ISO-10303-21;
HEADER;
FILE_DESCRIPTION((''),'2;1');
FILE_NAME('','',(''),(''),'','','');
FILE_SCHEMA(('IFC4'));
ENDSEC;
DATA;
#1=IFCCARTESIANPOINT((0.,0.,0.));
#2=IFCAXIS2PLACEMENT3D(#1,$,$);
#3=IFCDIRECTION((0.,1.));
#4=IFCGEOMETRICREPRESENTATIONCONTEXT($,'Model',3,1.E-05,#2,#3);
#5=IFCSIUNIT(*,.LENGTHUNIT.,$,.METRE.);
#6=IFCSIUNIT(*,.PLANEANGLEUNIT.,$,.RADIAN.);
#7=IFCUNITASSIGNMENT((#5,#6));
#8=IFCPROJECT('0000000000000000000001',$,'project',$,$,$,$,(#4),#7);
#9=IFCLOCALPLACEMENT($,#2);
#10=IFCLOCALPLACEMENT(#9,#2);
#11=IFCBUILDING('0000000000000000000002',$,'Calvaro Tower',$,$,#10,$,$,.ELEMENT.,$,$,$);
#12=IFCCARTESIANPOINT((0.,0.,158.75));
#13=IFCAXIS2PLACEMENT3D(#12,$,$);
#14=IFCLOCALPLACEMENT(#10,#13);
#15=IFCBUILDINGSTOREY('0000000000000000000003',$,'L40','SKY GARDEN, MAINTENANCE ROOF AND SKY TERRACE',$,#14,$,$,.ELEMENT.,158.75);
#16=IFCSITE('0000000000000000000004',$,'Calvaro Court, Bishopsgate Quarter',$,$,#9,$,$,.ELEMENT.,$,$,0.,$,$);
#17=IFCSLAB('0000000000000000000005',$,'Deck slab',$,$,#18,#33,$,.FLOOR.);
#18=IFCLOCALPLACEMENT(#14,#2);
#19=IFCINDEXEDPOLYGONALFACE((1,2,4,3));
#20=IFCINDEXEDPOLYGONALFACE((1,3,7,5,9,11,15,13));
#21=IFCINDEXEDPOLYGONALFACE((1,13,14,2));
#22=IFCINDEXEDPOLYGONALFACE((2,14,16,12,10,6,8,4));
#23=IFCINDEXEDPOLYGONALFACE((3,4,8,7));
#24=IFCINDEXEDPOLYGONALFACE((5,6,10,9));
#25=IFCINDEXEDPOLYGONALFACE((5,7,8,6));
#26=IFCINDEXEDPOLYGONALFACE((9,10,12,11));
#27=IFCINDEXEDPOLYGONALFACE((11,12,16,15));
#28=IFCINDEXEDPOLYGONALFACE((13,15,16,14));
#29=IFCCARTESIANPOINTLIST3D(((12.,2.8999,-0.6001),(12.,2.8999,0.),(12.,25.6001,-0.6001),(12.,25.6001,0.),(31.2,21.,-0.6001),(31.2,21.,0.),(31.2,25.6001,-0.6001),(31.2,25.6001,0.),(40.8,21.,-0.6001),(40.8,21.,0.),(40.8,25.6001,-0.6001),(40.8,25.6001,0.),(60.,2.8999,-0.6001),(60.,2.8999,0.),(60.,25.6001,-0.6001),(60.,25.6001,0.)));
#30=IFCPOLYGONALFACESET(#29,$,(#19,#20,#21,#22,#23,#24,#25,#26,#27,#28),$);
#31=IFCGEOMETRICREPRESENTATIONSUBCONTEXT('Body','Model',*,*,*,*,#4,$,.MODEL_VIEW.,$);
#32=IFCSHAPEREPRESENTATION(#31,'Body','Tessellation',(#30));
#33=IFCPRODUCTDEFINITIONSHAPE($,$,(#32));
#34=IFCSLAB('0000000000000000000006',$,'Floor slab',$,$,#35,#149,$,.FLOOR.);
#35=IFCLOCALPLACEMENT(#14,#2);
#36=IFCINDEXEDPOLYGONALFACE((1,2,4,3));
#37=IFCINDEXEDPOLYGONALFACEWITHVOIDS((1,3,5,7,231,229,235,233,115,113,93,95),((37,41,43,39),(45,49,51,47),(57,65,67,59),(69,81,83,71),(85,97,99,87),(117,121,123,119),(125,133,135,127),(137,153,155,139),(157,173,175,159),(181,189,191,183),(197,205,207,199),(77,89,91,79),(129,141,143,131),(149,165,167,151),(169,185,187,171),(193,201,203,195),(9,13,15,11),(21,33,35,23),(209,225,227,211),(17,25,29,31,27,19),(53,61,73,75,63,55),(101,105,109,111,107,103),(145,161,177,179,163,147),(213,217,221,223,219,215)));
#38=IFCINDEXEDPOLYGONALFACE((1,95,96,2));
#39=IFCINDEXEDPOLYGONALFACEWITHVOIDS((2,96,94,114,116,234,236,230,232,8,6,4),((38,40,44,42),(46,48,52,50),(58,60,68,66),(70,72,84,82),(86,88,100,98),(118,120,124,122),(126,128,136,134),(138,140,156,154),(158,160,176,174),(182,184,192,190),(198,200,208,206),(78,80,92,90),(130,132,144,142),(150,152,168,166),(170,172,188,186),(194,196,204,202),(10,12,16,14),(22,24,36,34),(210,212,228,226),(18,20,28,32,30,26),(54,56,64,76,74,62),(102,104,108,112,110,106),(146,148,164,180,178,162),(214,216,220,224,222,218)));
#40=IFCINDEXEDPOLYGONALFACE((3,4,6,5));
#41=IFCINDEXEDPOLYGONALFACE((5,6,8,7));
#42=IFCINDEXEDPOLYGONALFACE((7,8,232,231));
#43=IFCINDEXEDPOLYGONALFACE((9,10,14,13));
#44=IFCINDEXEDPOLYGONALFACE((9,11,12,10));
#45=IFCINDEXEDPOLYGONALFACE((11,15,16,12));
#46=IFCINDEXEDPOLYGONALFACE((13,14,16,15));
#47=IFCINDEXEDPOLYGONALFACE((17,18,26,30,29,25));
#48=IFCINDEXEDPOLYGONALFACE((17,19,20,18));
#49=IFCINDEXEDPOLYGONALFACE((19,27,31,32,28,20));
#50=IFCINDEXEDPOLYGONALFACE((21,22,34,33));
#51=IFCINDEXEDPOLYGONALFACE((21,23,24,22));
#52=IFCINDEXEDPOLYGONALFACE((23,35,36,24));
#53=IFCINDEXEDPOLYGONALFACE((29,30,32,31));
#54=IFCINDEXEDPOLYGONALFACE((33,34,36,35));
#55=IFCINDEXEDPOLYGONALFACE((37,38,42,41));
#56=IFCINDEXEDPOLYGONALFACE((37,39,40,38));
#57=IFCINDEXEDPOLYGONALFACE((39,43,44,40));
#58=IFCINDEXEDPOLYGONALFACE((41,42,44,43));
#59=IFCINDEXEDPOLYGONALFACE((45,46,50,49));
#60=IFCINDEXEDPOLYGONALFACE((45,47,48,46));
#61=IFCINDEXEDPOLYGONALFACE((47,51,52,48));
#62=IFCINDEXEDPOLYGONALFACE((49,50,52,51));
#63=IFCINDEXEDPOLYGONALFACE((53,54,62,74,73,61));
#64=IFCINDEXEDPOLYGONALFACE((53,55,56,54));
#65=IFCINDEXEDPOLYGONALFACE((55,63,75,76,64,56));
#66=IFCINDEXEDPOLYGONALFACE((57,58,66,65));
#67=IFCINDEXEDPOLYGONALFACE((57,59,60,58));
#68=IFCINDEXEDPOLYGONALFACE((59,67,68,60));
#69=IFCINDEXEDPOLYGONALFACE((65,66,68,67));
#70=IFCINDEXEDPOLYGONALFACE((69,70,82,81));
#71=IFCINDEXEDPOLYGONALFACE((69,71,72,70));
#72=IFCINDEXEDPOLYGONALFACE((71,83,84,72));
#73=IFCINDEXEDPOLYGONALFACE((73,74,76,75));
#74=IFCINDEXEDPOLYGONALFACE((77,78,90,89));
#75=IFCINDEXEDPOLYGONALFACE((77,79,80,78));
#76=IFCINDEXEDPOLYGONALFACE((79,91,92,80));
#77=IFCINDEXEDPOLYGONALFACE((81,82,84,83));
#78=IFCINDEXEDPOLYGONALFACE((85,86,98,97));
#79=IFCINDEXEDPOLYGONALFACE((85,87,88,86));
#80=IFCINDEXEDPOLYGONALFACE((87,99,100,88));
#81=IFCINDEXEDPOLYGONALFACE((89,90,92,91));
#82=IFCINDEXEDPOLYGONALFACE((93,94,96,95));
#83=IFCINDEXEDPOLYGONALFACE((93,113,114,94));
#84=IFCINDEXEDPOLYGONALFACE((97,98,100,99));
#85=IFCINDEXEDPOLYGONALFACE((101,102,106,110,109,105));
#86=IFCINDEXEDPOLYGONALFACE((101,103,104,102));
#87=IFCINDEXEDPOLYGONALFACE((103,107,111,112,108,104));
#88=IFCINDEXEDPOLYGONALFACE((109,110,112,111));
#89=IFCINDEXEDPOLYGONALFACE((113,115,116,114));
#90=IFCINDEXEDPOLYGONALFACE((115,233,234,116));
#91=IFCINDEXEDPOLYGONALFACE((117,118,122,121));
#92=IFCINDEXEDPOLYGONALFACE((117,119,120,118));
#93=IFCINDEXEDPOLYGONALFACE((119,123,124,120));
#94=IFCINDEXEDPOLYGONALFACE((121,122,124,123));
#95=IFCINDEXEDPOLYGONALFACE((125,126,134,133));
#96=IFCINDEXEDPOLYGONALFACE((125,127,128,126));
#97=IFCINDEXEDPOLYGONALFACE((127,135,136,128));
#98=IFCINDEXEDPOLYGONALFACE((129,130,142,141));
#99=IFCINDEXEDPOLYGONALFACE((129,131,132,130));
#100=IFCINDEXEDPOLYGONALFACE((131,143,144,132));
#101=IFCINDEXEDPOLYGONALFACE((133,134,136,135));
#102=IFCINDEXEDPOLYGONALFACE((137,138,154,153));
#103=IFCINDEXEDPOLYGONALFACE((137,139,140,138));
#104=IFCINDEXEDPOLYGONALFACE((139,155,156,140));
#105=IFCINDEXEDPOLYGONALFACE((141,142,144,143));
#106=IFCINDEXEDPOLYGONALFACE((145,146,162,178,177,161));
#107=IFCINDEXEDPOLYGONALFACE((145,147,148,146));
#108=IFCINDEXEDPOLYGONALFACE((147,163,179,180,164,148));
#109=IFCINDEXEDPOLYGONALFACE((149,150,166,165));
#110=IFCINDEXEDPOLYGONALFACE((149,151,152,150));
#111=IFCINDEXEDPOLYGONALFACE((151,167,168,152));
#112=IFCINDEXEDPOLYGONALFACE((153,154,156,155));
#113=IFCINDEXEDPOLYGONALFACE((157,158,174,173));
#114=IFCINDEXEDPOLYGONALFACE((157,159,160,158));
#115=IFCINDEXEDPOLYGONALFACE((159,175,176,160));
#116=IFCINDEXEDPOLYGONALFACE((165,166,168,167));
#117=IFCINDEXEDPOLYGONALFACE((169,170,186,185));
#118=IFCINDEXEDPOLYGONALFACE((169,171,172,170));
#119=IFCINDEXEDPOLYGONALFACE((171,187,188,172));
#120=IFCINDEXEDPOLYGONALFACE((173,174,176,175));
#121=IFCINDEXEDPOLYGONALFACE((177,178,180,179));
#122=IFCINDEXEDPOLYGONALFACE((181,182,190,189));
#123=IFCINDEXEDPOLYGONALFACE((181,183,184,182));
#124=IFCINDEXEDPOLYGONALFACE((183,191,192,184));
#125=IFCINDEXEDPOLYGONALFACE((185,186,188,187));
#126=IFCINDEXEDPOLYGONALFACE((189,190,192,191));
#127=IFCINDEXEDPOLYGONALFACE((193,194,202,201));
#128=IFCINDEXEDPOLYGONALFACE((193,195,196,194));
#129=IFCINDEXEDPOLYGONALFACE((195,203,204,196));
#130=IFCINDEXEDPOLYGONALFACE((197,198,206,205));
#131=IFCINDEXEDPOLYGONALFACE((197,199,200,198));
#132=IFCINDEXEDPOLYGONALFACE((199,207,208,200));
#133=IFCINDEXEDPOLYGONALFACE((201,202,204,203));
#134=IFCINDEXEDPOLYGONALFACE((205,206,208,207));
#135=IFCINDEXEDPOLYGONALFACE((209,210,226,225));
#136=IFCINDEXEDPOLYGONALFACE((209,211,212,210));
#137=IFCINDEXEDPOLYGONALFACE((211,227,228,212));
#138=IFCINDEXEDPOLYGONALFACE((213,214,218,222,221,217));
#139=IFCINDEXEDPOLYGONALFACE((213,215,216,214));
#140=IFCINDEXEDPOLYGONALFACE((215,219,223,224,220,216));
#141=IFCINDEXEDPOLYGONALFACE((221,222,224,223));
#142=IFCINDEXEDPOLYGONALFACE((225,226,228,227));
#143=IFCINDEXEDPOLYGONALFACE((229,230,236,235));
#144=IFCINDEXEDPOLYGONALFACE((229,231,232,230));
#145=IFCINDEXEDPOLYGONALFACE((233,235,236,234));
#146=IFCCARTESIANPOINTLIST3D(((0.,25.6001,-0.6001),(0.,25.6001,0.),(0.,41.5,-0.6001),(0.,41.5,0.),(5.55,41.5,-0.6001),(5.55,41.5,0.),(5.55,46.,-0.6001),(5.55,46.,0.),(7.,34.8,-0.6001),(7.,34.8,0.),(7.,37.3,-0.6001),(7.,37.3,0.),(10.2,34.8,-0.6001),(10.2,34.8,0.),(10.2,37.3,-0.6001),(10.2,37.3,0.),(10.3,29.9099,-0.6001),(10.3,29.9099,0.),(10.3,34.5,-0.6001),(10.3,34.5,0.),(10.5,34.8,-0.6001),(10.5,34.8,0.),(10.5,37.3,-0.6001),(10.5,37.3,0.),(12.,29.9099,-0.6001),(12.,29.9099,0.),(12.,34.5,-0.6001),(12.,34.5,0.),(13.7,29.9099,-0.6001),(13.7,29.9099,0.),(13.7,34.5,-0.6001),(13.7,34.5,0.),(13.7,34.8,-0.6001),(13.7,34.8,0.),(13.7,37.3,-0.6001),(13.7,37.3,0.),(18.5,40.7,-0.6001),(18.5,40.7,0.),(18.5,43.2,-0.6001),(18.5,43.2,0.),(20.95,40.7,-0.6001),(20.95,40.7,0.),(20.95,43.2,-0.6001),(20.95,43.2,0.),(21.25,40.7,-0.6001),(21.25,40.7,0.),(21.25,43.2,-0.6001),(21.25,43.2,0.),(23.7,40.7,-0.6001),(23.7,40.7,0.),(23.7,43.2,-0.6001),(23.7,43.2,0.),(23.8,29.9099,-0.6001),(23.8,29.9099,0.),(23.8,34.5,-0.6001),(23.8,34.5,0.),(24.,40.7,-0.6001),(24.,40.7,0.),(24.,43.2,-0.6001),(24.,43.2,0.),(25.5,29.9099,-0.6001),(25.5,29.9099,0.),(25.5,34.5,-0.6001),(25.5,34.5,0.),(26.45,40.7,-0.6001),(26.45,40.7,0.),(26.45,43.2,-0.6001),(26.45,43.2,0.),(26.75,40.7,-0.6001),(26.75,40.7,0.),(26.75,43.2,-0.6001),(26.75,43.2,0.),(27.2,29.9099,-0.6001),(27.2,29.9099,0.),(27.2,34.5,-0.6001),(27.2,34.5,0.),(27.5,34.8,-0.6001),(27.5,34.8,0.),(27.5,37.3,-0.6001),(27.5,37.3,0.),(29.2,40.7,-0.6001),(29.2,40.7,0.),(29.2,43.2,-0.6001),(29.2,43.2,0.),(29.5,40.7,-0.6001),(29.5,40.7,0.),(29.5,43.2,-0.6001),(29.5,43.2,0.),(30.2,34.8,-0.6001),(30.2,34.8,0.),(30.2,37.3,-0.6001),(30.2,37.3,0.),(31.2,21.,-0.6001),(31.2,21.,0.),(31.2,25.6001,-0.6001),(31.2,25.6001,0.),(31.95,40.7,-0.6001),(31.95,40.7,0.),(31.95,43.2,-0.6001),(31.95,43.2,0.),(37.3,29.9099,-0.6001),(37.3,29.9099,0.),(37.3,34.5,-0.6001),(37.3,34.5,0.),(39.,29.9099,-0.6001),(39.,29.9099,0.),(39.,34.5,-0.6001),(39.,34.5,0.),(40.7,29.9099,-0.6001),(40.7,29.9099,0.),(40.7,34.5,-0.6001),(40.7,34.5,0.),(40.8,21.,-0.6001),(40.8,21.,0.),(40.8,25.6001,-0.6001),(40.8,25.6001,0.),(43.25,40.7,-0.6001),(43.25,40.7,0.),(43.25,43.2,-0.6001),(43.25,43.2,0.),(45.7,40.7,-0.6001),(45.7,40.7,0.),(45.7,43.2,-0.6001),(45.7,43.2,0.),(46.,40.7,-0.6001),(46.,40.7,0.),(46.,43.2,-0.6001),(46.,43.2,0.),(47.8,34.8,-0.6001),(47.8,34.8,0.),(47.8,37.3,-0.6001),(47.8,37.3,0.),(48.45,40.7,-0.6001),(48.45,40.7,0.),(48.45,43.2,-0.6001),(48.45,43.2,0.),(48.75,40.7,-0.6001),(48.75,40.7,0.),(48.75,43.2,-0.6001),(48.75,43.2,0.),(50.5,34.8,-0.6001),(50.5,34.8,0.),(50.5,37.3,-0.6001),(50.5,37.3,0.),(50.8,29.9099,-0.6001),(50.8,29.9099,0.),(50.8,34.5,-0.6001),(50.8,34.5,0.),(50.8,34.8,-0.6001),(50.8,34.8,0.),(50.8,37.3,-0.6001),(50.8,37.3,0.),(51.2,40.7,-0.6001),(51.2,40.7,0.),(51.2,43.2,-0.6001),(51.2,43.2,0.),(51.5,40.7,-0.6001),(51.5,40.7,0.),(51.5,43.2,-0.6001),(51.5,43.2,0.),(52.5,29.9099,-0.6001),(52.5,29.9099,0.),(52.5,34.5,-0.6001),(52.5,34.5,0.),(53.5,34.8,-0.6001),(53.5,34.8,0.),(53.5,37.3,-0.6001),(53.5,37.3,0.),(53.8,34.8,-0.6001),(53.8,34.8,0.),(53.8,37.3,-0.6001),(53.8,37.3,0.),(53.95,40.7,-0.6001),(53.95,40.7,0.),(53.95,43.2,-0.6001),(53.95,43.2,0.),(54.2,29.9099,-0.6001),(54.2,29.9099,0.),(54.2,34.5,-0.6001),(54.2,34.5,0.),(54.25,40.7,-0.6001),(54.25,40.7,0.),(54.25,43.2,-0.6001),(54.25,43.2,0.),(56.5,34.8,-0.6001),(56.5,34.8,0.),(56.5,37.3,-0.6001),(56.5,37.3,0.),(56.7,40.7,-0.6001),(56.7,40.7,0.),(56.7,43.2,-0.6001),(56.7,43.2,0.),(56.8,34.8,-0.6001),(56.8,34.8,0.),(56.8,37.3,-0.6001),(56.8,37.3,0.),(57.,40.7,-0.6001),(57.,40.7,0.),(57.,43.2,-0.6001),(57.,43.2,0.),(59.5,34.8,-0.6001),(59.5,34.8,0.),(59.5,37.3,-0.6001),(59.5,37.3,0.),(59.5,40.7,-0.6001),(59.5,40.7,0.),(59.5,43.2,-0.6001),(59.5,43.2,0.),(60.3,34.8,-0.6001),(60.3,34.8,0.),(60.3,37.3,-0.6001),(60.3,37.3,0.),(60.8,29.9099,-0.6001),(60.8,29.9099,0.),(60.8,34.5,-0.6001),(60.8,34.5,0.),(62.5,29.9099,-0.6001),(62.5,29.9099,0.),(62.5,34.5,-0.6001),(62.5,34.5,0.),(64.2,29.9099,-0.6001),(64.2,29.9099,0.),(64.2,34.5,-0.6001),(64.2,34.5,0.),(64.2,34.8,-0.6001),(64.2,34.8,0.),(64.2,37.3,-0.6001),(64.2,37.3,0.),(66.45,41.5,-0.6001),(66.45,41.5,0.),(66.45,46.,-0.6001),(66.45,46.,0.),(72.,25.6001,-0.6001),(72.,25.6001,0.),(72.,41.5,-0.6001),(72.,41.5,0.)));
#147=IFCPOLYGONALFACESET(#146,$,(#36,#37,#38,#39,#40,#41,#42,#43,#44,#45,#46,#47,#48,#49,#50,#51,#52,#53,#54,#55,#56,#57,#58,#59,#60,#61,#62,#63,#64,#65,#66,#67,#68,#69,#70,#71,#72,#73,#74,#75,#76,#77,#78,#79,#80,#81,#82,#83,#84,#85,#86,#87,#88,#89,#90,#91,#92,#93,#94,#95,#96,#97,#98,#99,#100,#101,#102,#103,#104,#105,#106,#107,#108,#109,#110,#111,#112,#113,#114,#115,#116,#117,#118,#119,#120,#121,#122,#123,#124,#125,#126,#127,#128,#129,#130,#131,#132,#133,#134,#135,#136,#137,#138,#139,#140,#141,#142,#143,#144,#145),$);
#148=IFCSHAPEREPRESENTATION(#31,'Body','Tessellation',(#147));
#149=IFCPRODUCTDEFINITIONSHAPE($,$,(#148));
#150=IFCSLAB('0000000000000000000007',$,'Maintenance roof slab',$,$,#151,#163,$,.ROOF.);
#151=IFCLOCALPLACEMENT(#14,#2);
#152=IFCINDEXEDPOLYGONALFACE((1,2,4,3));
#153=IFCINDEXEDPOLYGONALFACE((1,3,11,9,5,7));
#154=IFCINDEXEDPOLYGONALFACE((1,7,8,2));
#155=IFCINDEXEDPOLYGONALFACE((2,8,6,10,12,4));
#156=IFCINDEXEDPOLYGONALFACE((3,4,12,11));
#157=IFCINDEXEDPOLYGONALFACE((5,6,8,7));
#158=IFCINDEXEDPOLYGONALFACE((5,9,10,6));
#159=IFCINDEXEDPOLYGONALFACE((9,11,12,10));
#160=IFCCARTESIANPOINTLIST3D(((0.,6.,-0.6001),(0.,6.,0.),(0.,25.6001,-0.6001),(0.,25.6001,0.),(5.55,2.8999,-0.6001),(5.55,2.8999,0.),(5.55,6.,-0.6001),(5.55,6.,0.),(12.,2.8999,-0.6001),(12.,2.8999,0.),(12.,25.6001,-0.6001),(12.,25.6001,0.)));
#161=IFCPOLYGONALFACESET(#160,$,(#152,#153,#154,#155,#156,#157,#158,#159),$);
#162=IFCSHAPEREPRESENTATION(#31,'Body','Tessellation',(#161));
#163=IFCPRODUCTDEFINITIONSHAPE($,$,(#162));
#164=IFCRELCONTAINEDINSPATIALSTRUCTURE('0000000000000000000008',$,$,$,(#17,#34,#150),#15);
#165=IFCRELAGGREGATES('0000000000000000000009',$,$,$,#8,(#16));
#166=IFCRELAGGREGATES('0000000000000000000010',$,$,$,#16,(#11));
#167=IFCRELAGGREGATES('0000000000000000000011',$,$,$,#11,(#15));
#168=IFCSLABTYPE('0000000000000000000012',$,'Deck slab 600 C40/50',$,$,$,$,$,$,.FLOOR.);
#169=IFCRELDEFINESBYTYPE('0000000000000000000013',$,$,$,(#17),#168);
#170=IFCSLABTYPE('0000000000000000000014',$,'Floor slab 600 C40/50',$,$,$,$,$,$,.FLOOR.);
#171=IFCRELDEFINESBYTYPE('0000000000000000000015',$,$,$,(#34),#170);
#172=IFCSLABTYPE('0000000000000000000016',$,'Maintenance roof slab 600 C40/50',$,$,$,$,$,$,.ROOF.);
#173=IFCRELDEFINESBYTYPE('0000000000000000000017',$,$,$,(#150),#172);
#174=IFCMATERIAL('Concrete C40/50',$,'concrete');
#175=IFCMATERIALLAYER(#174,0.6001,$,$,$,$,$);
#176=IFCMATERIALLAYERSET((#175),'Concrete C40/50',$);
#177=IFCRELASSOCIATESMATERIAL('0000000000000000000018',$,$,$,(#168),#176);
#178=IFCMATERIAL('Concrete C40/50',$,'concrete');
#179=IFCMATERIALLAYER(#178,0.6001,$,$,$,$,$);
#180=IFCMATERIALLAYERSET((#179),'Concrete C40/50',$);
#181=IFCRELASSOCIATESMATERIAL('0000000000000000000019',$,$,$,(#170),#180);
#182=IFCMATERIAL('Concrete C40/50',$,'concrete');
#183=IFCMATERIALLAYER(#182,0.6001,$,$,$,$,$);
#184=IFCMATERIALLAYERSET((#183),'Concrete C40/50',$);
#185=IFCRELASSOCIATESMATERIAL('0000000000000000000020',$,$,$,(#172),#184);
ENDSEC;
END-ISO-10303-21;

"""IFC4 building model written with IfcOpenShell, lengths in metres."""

from ifc_helpers import new_model, si_unit, direction, frame, origin, place, context, subcontext, project, spatial, polyline, outline, extrude, material, layer, layer_set, type_object, element, save


model = new_model("IFC4")

# Units and contexts
model_context = context("Model", 3, precision=1e-05, world=origin(), true_north=direction((0.0, 1.0)))
body_context = subcontext(model_context, "Body", "Model", "MODEL_VIEW")
ifc_project = project(units=[si_unit("LENGTHUNIT", "METRE"), si_unit("PLANEANGLEUNIT", "RADIAN")], contexts=[model_context])

# Site, building, storey
site_placement = place(None, origin())
site = spatial("IfcSite", under=ifc_project, at=site_placement, Name="Calvaro Court, Bishopsgate Quarter", CompositionType="ELEMENT", RefElevation=0.0)
building_placement = place(site_placement, origin())
building = spatial("IfcBuilding", under=site, at=building_placement, Name="Calvaro Tower", CompositionType="ELEMENT")
storey_placement = place(building_placement, frame((0.0, 0.0, 158.75)))
storey = spatial("IfcBuildingStorey", under=building, at=storey_placement, Name="L40", Description="SKY GARDEN, MAINTENANCE ROOF AND SKY TERRACE", CompositionType="ELEMENT", Elevation=158.75)

# Slabs
ifc_material_1 = material(Name="Concrete C40/50", Category="concrete")
ifc_layer_1 = layer(ifc_material_1, 0.6001)
ifc_layer_set_1 = layer_set([ifc_layer_1], Name="Concrete C40/50")
slab_type_1 = type_object("IfcSlabType", Name="Deck slab 600 C40/50", PredefinedType="FLOOR", material=ifc_layer_set_1)
slab_1_placement = place(storey_placement, frame((0.0, 0.0, -0.6001)))
element("IfcSlab", 1, at=slab_1_placement, inside=storey, type_object=slab_type_1, Name="Deck slab", PredefinedType="FLOOR", context=body_context, shape_type="SweptSolid", body=[
    extrude(outline(polyline([(31.2, 25.6001), (31.2, 21.0), (40.8, 21.0), (40.8, 25.6001), (60.0, 25.6001), (60.0, 2.8999), (12.0, 2.8999), (12.0, 25.6001), (31.2, 25.6001)])), origin(), (0.0, 0.0, 1.0), 0.6001),
])
ifc_material_2 = material(Name="Concrete C40/50", Category="concrete")
ifc_layer_2 = layer(ifc_material_2, 0.6001)
ifc_layer_set_2 = layer_set([ifc_layer_2], Name="Concrete C40/50")
slab_type_2 = type_object("IfcSlabType", Name="Floor slab 600 C40/50", PredefinedType="FLOOR", material=ifc_layer_set_2)
slab_2_placement = place(storey_placement, frame((0.0, 0.0, -0.6001)))
element("IfcSlab", 2, at=slab_2_placement, inside=storey, type_object=slab_type_2, Name="Floor slab", PredefinedType="FLOOR", context=body_context, shape_type="SweptSolid", body=[
    extrude(outline(polyline([(0.0, 41.5), (5.55, 41.5), (5.55, 46.0), (66.45, 46.0), (66.45, 41.5), (72.0, 41.5), (72.0, 25.6001), (40.8, 25.6001), (40.8, 21.0), (31.2, 21.0), (31.2, 25.6001), (0.0, 25.6001), (0.0, 41.5)]), holes=[polyline([(10.3, 29.9099), (10.3, 34.5), (12.0, 34.5), (13.7, 34.5), (13.7, 29.9099), (12.0, 29.9099), (10.3, 29.9099)]), polyline([(23.8, 29.9099), (23.8, 34.5), (25.5, 34.5), (27.2, 34.5), (27.2, 29.9099), (25.5, 29.9099), (23.8, 29.9099)]), polyline([(37.3, 29.9099), (37.3, 34.5), (39.0, 34.5), (40.7, 34.5), (40.7, 29.9099), (39.0, 29.9099), (37.3, 29.9099)]), polyline([(50.8, 29.9099), (50.8, 34.5), (52.5, 34.5), (54.2, 34.5), (54.2, 29.9099), (52.5, 29.9099), (50.8, 29.9099)]), polyline([(60.8, 29.9099), (60.8, 34.5), (62.5, 34.5), (64.2, 34.5), (64.2, 29.9099), (62.5, 29.9099), (60.8, 29.9099)]), polyline([(50.8, 34.8), (53.5, 34.8), (53.5, 37.3), (50.8, 37.3), (50.8, 34.8)]), polyline([(53.8, 34.8), (56.5, 34.8), (56.5, 37.3), (53.8, 37.3), (53.8, 34.8)]), polyline([(56.8, 34.8), (59.5, 34.8), (59.5, 37.3), (56.8, 37.3), (56.8, 34.8)]), polyline([(18.5, 40.7), (20.95, 40.7), (20.95, 43.2), (18.5, 43.2), (18.5, 40.7)]), polyline([(21.25, 40.7), (23.7, 40.7), (23.7, 43.2), (21.25, 43.2), (21.25, 40.7)]), polyline([(24.0, 40.7), (26.45, 40.7), (26.45, 43.2), (24.0, 43.2), (24.0, 40.7)]), polyline([(26.75, 40.7), (29.2, 40.7), (29.2, 43.2), (26.75, 43.2), (26.75, 40.7)]), polyline([(29.5, 40.7), (31.95, 40.7), (31.95, 43.2), (29.5, 43.2), (29.5, 40.7)]), polyline([(43.25, 40.7), (45.7, 40.7), (45.7, 43.2), (43.25, 43.2), (43.25, 40.7)]), polyline([(46.0, 40.7), (48.45, 40.7), (48.45, 43.2), (46.0, 43.2), (46.0, 40.7)]), polyline([(48.75, 40.7), (51.2, 40.7), (51.2, 43.2), (48.75, 43.2), (48.75, 40.7)]), polyline([(51.5, 40.7), (53.95, 40.7), (53.95, 43.2), (51.5, 43.2), (51.5, 40.7)]), polyline([(54.25, 40.7), (56.7, 40.7), (56.7, 43.2), (54.25, 43.2), (54.25, 40.7)]), polyline([(57.0, 40.7), (59.5, 40.7), (59.5, 43.2), (57.0, 43.2), (57.0, 40.7)]), polyline([(7.0, 34.8), (10.2, 34.8), (10.2, 37.3), (7.0, 37.3), (7.0, 34.8)]), polyline([(10.5, 34.8), (13.7, 34.8), (13.7, 37.3), (10.5, 37.3), (10.5, 34.8)]), polyline([(60.3, 34.8), (64.2, 34.8), (64.2, 37.3), (60.3, 37.3), (60.3, 34.8)]), polyline([(27.5, 34.8), (30.2, 34.8), (30.2, 37.3), (27.5, 37.3), (27.5, 34.8)]), polyline([(47.8, 34.8), (50.5, 34.8), (50.5, 37.3), (47.8, 37.3), (47.8, 34.8)])]), origin(), (0.0, 0.0, 1.0), 0.6001),
])
ifc_material_3 = material(Name="Concrete C40/50", Category="concrete")
ifc_layer_3 = layer(ifc_material_3, 0.6001)
ifc_layer_set_3 = layer_set([ifc_layer_3], Name="Concrete C40/50")
slab_type_3 = type_object("IfcSlabType", Name="Maintenance roof slab 600 C40/50", PredefinedType="ROOF", material=ifc_layer_set_3)
slab_3_placement = place(storey_placement, frame((0.0, 0.0, -0.6001)))
element("IfcSlab", 3, at=slab_3_placement, inside=storey, type_object=slab_type_3, Name="Maintenance roof slab", PredefinedType="ROOF", context=body_context, shape_type="SweptSolid", body=[
    extrude(outline(polyline([(5.55, 6.0), (0.0, 6.0), (0.0, 25.6001), (12.0, 25.6001), (12.0, 2.8999), (5.55, 2.8999), (5.55, 6.0)])), origin(), (0.0, 0.0, 1.0), 0.6001),
])

save(model, "model.ifc")
